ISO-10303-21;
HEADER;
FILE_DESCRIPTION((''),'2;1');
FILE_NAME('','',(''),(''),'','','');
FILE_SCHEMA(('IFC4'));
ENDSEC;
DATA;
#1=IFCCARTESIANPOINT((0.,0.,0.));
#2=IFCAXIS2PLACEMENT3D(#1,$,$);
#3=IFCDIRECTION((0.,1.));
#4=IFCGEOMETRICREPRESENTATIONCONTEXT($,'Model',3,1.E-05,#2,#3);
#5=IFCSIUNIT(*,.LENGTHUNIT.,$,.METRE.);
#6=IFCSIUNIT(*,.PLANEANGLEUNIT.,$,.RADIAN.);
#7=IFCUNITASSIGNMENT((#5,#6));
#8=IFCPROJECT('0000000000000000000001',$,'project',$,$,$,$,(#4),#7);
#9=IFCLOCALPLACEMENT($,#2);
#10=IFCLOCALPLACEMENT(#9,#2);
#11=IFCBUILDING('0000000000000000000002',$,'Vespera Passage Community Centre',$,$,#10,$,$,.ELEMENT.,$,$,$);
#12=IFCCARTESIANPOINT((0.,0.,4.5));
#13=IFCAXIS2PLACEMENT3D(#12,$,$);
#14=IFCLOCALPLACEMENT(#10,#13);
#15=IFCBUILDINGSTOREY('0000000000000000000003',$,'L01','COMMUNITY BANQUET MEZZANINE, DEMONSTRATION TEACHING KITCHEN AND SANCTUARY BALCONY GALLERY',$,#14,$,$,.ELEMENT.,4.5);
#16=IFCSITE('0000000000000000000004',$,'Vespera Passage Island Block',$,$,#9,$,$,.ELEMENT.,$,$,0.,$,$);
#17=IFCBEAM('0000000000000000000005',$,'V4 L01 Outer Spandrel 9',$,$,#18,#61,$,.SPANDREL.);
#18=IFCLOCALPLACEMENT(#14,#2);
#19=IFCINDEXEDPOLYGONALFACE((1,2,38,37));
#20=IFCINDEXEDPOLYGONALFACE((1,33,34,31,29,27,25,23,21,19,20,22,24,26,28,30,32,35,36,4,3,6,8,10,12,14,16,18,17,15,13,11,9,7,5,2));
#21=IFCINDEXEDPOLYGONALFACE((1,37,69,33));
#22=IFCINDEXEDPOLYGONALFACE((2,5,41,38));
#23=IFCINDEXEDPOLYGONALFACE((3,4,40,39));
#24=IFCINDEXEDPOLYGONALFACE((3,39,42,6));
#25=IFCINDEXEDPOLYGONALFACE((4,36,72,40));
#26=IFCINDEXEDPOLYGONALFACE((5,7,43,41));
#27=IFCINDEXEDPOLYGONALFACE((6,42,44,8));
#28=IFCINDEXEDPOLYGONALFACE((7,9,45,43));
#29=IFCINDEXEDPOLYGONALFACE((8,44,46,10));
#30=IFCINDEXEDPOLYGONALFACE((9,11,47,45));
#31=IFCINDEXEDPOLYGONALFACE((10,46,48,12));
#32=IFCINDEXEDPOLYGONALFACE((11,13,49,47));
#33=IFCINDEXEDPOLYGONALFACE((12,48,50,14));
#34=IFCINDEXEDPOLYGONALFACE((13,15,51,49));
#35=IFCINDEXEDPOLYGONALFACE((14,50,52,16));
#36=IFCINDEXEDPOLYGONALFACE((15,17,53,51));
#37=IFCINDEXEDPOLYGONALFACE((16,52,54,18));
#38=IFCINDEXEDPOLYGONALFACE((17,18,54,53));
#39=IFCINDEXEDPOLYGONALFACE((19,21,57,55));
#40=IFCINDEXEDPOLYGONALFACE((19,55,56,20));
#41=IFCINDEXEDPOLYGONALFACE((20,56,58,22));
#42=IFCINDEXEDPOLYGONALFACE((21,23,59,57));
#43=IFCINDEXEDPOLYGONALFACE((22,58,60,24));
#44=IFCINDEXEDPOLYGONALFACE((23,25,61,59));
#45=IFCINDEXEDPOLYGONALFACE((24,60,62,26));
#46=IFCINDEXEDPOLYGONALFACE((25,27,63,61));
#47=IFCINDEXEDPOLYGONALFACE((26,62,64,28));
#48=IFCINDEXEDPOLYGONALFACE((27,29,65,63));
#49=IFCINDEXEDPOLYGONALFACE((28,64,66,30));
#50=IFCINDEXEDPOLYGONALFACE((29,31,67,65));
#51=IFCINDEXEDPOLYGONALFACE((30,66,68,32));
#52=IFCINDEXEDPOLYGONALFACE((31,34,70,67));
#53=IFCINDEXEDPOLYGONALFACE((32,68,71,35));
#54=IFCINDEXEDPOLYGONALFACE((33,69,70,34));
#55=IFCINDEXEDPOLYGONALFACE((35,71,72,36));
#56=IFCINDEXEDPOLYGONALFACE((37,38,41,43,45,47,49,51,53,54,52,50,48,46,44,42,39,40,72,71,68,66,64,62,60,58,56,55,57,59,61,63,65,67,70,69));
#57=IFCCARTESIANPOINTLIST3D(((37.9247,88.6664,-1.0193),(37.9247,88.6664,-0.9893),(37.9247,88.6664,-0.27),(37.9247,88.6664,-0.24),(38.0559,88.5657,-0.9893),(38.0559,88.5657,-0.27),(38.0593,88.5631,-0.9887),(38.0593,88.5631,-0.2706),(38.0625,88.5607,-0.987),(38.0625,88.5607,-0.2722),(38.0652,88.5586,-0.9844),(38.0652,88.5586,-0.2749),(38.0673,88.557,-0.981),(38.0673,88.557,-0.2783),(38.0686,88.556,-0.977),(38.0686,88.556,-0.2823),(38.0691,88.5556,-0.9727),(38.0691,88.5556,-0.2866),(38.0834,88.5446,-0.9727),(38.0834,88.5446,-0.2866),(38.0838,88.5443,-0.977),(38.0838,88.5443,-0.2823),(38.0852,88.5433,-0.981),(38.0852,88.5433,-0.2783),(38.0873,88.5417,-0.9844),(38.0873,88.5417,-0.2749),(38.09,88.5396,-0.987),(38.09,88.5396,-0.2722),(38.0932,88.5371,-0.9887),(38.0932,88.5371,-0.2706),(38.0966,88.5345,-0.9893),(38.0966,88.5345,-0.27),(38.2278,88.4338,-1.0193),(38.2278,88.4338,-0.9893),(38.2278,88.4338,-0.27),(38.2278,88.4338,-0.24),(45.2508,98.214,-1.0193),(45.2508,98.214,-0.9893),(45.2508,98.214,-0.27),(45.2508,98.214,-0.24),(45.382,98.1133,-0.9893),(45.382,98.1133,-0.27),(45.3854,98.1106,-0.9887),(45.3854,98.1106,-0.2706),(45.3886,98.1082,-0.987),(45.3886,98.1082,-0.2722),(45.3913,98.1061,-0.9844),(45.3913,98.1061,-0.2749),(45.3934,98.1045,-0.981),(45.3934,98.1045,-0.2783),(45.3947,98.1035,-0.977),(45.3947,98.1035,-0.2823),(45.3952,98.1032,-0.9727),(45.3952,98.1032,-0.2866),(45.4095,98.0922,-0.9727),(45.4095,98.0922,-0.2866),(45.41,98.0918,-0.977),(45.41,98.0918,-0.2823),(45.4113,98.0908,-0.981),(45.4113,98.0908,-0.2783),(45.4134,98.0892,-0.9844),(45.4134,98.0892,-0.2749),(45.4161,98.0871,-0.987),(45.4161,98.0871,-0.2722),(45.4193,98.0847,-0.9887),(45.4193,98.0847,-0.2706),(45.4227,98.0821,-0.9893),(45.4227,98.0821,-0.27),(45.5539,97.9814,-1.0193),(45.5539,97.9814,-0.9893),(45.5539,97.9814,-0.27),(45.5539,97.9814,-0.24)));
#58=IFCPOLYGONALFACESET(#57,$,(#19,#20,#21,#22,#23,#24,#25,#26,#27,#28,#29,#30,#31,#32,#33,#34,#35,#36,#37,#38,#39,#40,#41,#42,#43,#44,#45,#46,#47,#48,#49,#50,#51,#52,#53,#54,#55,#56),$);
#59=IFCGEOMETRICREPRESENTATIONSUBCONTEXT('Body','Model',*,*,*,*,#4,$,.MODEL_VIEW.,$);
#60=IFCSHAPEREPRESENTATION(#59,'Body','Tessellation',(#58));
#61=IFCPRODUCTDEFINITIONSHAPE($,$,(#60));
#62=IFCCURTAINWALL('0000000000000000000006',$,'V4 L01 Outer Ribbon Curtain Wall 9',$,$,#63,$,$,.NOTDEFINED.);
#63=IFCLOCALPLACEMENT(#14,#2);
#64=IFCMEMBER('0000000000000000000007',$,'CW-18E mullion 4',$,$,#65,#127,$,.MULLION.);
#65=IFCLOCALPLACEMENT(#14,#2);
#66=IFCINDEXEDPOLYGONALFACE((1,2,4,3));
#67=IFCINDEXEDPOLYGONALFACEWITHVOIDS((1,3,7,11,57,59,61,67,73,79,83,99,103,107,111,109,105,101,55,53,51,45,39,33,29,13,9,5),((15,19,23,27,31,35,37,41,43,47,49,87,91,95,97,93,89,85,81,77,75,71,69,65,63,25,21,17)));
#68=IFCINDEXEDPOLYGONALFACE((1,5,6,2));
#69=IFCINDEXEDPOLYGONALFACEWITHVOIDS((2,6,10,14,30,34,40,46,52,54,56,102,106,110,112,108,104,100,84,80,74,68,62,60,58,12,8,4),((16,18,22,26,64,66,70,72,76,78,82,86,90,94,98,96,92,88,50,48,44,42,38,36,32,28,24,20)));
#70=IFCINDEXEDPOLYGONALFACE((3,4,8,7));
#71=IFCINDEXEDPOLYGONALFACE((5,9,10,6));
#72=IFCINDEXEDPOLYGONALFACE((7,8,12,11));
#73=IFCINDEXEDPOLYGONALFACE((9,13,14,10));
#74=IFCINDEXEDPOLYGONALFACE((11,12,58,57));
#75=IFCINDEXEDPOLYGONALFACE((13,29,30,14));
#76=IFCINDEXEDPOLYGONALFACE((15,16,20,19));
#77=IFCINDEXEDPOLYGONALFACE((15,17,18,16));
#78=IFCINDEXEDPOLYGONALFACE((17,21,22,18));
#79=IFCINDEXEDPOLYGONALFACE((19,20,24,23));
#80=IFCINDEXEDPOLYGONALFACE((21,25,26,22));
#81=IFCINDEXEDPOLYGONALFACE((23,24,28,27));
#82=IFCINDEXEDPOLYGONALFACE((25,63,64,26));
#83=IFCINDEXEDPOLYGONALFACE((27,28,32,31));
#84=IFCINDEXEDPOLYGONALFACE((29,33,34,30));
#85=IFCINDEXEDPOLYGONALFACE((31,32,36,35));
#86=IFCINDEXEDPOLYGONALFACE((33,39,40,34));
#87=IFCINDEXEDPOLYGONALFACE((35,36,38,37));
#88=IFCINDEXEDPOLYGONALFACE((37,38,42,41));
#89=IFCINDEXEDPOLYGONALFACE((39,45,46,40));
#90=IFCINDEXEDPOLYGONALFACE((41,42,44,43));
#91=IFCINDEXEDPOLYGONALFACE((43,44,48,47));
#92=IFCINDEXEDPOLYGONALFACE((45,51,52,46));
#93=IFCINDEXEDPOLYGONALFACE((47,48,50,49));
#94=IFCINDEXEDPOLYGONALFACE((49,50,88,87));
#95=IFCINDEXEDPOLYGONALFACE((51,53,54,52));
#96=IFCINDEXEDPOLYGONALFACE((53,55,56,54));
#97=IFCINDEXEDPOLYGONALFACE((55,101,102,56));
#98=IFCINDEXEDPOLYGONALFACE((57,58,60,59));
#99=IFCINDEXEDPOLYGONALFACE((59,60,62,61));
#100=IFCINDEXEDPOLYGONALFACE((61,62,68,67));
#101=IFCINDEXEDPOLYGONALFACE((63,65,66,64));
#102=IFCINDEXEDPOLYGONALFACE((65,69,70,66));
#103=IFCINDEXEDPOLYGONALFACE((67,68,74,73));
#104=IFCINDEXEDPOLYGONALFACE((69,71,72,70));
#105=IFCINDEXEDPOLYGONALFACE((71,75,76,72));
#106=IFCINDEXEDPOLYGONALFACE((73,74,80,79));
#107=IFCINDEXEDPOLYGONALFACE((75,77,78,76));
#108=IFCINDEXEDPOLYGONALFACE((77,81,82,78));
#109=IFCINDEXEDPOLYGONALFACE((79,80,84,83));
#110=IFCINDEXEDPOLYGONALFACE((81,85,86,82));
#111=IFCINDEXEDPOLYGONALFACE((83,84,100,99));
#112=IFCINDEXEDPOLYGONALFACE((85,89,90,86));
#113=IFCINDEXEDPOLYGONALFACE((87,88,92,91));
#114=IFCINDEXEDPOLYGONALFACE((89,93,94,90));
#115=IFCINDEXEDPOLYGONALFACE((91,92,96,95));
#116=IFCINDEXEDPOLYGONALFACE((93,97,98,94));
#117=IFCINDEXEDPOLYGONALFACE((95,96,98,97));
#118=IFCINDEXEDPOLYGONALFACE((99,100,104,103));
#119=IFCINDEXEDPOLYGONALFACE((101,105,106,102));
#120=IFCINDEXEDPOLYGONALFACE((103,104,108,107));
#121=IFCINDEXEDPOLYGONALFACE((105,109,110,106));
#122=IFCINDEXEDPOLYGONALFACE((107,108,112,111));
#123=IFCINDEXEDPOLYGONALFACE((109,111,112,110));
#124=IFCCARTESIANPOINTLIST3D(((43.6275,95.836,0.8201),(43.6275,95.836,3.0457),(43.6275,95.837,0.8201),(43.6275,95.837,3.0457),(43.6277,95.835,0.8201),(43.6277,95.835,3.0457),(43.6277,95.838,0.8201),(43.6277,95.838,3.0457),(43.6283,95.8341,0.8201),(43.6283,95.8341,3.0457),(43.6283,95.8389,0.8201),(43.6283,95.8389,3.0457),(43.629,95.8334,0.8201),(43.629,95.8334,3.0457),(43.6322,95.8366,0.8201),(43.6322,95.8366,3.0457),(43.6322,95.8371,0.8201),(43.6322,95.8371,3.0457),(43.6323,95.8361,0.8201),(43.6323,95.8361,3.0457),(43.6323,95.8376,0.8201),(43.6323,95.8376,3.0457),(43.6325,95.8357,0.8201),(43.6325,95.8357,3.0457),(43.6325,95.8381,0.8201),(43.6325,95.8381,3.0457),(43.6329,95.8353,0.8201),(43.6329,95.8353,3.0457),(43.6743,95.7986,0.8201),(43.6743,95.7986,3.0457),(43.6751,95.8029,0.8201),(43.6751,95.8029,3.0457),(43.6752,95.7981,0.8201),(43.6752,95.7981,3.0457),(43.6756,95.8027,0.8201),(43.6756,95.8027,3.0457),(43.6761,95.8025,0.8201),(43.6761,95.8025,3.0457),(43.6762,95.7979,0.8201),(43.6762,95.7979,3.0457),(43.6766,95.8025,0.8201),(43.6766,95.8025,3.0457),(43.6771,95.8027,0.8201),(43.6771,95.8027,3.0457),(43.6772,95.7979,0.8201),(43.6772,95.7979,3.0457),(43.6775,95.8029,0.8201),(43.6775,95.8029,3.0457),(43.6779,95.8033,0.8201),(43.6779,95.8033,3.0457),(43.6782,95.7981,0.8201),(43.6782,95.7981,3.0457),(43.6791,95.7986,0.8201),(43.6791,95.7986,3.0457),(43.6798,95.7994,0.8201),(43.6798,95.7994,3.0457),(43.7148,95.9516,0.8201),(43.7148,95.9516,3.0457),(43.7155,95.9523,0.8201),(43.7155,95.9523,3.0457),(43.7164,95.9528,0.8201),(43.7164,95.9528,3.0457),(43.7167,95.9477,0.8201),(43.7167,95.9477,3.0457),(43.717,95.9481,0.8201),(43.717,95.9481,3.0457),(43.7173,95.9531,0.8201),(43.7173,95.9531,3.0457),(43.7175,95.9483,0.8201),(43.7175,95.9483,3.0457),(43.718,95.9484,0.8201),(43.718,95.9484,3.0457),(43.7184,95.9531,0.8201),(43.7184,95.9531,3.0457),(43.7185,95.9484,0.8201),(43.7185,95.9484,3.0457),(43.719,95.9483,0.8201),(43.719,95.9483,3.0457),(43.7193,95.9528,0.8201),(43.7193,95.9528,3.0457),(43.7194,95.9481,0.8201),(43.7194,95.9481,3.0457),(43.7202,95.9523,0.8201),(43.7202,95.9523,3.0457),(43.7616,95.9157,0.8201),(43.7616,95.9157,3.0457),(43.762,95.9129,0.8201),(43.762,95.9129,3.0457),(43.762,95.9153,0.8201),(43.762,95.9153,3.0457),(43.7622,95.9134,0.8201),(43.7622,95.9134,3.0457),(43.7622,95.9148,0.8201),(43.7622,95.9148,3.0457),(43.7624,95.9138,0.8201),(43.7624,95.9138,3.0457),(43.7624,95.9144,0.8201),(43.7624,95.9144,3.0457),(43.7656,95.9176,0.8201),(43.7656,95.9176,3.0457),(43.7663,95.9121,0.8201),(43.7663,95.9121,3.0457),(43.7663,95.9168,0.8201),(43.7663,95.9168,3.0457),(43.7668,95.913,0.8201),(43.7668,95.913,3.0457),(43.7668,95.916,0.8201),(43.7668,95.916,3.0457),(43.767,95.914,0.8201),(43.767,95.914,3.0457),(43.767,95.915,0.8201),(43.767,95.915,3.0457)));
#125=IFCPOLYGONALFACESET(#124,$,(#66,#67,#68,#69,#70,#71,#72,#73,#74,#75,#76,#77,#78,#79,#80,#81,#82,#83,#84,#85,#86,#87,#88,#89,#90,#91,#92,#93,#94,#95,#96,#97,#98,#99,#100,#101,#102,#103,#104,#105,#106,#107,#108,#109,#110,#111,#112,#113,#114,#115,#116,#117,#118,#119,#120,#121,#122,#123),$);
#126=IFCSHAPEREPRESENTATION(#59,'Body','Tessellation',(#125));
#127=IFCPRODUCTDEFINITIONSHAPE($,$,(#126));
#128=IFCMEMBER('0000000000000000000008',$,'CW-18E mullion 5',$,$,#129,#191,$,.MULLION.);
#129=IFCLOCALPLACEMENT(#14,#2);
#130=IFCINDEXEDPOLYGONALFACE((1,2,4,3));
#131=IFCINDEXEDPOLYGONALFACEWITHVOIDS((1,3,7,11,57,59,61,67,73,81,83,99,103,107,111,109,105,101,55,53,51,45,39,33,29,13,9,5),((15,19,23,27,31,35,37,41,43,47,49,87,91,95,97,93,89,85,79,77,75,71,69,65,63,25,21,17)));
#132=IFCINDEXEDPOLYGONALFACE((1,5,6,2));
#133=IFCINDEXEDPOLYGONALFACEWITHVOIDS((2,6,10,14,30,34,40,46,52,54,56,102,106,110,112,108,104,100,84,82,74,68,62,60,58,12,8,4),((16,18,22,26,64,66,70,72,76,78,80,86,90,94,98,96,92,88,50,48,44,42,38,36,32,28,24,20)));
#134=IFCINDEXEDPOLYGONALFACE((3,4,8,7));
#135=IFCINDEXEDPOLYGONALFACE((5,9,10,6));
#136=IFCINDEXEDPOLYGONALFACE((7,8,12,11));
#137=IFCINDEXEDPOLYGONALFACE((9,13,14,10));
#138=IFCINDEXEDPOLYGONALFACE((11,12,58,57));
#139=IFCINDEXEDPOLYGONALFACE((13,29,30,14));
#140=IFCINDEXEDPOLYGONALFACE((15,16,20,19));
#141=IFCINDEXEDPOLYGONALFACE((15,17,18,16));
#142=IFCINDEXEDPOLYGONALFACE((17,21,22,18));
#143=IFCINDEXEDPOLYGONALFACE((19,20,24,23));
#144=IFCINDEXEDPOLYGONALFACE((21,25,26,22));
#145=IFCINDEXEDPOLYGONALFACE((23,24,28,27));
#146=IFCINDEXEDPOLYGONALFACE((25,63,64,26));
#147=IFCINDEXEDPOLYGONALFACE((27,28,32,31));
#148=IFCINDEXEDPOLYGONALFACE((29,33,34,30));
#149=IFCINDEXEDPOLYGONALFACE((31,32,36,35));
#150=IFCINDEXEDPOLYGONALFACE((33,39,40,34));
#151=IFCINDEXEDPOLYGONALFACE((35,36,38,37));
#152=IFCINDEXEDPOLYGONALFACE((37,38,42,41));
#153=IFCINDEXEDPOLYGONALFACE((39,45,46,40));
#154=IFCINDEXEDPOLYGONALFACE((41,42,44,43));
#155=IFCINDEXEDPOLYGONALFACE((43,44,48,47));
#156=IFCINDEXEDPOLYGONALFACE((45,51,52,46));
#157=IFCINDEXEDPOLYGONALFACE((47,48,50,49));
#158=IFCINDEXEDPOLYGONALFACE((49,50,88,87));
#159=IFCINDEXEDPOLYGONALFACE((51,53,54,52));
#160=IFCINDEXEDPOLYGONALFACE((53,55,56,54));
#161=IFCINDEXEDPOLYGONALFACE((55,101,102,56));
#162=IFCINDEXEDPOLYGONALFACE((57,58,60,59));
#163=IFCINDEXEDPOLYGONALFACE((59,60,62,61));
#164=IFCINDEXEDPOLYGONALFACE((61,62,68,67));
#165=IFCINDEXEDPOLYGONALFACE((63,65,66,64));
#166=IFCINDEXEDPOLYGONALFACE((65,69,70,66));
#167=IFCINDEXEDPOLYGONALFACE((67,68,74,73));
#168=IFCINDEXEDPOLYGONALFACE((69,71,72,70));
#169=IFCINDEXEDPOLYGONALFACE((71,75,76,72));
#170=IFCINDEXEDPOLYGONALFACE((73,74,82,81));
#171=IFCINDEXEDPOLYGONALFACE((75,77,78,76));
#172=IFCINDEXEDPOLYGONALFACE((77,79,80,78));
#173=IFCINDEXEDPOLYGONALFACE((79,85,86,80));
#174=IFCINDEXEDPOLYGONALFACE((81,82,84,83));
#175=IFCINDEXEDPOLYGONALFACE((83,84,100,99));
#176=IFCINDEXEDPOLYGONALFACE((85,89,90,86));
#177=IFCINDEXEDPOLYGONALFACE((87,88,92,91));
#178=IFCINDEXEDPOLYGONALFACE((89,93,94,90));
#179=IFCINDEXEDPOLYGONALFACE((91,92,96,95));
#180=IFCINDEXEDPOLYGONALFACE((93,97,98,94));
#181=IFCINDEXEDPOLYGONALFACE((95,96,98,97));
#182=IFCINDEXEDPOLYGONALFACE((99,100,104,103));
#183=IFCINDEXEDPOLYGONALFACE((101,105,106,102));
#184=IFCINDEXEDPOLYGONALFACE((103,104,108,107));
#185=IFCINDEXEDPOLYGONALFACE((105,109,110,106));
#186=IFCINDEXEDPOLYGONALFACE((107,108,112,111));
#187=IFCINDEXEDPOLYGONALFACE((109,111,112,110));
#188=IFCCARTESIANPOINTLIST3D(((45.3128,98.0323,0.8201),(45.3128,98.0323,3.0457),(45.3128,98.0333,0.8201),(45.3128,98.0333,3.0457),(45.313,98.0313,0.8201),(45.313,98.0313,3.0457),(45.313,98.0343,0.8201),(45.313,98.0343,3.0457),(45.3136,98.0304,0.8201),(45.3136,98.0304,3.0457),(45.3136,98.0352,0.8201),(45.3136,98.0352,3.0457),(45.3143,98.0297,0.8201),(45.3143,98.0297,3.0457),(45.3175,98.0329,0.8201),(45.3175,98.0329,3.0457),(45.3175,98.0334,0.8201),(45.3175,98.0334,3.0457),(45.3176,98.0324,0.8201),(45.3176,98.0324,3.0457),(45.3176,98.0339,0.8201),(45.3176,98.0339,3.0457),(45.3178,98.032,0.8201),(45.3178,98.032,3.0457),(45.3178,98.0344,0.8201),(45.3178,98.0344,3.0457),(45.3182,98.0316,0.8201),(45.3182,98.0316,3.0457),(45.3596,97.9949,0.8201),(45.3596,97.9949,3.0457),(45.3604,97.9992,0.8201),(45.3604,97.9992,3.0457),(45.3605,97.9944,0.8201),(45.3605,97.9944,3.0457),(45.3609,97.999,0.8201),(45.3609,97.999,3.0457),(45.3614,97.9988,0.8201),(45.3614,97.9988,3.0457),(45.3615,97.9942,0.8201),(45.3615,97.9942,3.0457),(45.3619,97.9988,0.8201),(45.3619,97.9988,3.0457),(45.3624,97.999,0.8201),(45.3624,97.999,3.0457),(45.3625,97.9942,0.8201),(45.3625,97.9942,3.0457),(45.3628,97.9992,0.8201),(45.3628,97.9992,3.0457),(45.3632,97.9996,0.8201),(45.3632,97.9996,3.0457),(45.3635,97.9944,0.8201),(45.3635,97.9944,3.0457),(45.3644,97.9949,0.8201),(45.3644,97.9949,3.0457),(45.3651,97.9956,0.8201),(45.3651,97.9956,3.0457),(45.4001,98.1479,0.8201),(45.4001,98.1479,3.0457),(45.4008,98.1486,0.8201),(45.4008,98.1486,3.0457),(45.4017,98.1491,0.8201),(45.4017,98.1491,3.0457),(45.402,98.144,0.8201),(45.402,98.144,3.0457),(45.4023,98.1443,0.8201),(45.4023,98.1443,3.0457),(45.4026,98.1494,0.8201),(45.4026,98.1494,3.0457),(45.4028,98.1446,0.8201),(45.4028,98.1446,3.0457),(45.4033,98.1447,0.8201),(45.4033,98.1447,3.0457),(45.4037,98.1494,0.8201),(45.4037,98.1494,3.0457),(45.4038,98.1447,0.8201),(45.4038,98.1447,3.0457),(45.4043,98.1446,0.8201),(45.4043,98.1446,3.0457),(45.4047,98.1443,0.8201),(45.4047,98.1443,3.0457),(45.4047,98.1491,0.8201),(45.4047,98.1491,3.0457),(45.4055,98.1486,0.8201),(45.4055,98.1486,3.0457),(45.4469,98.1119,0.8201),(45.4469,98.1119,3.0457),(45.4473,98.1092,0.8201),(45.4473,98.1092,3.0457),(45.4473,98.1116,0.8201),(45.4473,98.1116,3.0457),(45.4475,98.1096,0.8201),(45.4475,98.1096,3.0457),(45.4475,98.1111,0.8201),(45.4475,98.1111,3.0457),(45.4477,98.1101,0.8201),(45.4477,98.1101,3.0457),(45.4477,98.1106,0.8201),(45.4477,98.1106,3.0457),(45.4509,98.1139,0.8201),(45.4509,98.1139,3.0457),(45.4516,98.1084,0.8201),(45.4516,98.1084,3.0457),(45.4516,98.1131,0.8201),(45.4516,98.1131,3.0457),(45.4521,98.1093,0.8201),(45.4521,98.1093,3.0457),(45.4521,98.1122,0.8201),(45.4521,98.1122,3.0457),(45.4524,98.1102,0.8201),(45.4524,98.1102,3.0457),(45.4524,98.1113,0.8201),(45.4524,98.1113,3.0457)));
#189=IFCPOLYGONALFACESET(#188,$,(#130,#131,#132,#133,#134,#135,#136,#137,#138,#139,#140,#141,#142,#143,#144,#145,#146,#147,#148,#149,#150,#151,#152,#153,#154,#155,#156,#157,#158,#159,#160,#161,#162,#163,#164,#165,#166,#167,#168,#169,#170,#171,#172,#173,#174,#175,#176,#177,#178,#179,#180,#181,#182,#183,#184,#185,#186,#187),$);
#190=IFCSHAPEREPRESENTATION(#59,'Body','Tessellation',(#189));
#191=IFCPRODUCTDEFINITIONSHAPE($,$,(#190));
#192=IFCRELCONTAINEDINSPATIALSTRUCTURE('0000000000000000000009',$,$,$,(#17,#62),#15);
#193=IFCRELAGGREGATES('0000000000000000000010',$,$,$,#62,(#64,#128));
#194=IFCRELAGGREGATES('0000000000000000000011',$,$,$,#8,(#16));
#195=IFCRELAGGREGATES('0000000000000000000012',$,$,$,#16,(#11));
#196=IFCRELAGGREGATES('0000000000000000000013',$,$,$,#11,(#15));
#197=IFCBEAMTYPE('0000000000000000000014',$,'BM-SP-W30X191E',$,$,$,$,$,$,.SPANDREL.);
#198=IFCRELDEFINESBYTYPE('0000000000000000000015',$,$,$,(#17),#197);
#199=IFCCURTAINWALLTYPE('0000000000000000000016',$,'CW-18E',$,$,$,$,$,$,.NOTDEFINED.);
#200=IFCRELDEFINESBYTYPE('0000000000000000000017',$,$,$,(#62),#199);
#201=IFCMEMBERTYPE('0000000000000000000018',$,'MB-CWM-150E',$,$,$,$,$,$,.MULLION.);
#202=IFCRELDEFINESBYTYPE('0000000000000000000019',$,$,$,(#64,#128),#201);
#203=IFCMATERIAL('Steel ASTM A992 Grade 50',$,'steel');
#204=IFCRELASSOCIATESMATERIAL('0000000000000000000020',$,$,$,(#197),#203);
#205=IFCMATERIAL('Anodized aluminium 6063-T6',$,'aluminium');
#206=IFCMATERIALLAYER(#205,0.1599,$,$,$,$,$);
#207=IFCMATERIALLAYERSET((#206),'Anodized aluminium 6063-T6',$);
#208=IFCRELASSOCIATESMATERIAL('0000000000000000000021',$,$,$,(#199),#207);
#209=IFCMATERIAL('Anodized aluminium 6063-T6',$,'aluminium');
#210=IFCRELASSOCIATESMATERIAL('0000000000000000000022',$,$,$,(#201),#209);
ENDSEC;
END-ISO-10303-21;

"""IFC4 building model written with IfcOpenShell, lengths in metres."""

from ifc_helpers import new_model, si_unit, direction, frame, origin, origin_2d, place, context, subcontext, project, spatial, hollow_rectangle, i_section, extrude, material, layer, layer_set, material_profile, profile_set, type_object, element, aggregate, save


model = new_model("IFC4")

# Units and contexts
model_context = context("Model", 3, precision=1e-05, world=origin(), true_north=direction((0.0, 1.0)))
body_context = subcontext(model_context, "Body", "Model", "MODEL_VIEW")
ifc_project = project(units=[si_unit("LENGTHUNIT", "METRE"), si_unit("PLANEANGLEUNIT", "RADIAN")], contexts=[model_context])

# Site, building, storey
site_placement = place(None, origin())
site = spatial("IfcSite", under=ifc_project, at=site_placement, Name="Vespera Passage Island Block", CompositionType="ELEMENT", RefElevation=0.0)
building_placement = place(site_placement, origin())
building = spatial("IfcBuilding", under=site, at=building_placement, Name="Vespera Passage Community Centre", CompositionType="ELEMENT")
storey_placement = place(building_placement, frame((0.0, 0.0, 4.5)))
storey = spatial("IfcBuildingStorey", under=building, at=storey_placement, Name="L01", Description="COMMUNITY BANQUET MEZZANINE, DEMONSTRATION TEACHING KITCHEN AND SANCTUARY BALCONY GALLERY", CompositionType="ELEMENT", Elevation=4.5)

# Beam
ifc_material_1 = material(Name="Steel ASTM A992 Grade 50", Category="steel")
ifc_material_profile_1 = material_profile(ifc_material_1, i_section(OverallWidth=0.3821, OverallDepth=0.7793, WebThickness=0.0181, FlangeThickness=0.03, FilletRadius=0.0166, at=origin_2d()), Name="W30X191")
ifc_profile_set_1 = profile_set([ifc_material_profile_1], Name="Steel ASTM A992 Grade 50")
beam_type = type_object("IfcBeamType", Name="BM-SP-W30X191E", PredefinedType="SPANDREL", material=ifc_profile_set_1)
beam_placement = place(storey_placement, frame((45.4023, 98.0977, -0.6296), z_axis=(-0.608763, -0.793352, 0.0), x_axis=(0.793352, -0.608763, 0.0)))
element("IfcBeam", 1, at=beam_placement, inside=storey, type_object=beam_type, Name="V4 L01 Outer Spandrel 9", PredefinedType="SPANDREL", context=body_context, shape_type="SweptSolid", body=[
    extrude(i_section(OverallWidth=0.3821, OverallDepth=0.7793, WebThickness=0.0181, FlangeThickness=0.03, FilletRadius=0.0166, at=origin_2d()), origin(), (0.0, 0.0, 1.0), 12.0344),
])

# Curtain wall, members
ifc_material_2 = material(Name="Anodized aluminium 6063-T6", Category="aluminium")
ifc_layer_1 = layer(ifc_material_2, 0.1599)
ifc_layer_set_1 = layer_set([ifc_layer_1], Name="Anodized aluminium 6063-T6")
curtain_wall_type_1 = type_object("IfcCurtainWallType", Name="CW-18E", PredefinedType="NOTDEFINED", material=ifc_layer_set_1)
curtain_wall_1_placement = place(storey_placement, origin())
curtain_wall_1 = element("IfcCurtainWall", 2, at=curtain_wall_1_placement, inside=storey, type_object=curtain_wall_type_1, Name="V4 L01 Outer Ribbon Curtain Wall 9", PredefinedType="NOTDEFINED")
ifc_material_3 = material(Name="Anodized aluminium 6063-T6", Category="aluminium")
ifc_material_profile_2 = material_profile(ifc_material_3, hollow_rectangle(XDim=0.0649, YDim=0.1499, WallThickness=0.0039, InnerFilletRadius=0.002, OuterFilletRadius=0.0039, at=origin_2d()), Name="ALU150X65X4")
ifc_profile_set_2 = profile_set([ifc_material_profile_2], Name="Anodized aluminium 6063-T6")
member_type_1 = type_object("IfcMemberType", Name="MB-CWM-150E", PredefinedType="MULLION", material=ifc_profile_set_2)
member_1_placement = place(storey_placement, frame((43.6973, 95.8755, 0.8201), z_axis=(0.0, 0.0, 1.0), x_axis=(-0.79335, 0.608765, 0.0)))
member_1 = element("IfcMember", 3, at=member_1_placement, type_object=member_type_1, Name="CW-18E mullion 4", PredefinedType="MULLION", context=body_context, shape_type="SweptSolid", body=[
    extrude(hollow_rectangle(XDim=0.0649, YDim=0.1499, WallThickness=0.0039, InnerFilletRadius=0.002, OuterFilletRadius=0.0039, at=origin_2d()), origin(), (0.0, 0.0, 1.0), 2.2256),
])
member_2_placement = place(storey_placement, frame((45.3826, 98.0718, 0.8201), z_axis=(0.0, 0.0, 1.0), x_axis=(-0.79335, 0.608765, 0.0)))
member_2 = element("IfcMember", 4, at=member_2_placement, type_object=member_type_1, Name="CW-18E mullion 5", PredefinedType="MULLION", context=body_context, shape_type="SweptSolid", body=[
    extrude(hollow_rectangle(XDim=0.0649, YDim=0.1499, WallThickness=0.0039, InnerFilletRadius=0.002, OuterFilletRadius=0.0039, at=origin_2d()), origin(), (0.0, 0.0, 1.0), 2.2256),
])

aggregate(curtain_wall_1, [member_1, member_2])

save(model, "model.ifc")
